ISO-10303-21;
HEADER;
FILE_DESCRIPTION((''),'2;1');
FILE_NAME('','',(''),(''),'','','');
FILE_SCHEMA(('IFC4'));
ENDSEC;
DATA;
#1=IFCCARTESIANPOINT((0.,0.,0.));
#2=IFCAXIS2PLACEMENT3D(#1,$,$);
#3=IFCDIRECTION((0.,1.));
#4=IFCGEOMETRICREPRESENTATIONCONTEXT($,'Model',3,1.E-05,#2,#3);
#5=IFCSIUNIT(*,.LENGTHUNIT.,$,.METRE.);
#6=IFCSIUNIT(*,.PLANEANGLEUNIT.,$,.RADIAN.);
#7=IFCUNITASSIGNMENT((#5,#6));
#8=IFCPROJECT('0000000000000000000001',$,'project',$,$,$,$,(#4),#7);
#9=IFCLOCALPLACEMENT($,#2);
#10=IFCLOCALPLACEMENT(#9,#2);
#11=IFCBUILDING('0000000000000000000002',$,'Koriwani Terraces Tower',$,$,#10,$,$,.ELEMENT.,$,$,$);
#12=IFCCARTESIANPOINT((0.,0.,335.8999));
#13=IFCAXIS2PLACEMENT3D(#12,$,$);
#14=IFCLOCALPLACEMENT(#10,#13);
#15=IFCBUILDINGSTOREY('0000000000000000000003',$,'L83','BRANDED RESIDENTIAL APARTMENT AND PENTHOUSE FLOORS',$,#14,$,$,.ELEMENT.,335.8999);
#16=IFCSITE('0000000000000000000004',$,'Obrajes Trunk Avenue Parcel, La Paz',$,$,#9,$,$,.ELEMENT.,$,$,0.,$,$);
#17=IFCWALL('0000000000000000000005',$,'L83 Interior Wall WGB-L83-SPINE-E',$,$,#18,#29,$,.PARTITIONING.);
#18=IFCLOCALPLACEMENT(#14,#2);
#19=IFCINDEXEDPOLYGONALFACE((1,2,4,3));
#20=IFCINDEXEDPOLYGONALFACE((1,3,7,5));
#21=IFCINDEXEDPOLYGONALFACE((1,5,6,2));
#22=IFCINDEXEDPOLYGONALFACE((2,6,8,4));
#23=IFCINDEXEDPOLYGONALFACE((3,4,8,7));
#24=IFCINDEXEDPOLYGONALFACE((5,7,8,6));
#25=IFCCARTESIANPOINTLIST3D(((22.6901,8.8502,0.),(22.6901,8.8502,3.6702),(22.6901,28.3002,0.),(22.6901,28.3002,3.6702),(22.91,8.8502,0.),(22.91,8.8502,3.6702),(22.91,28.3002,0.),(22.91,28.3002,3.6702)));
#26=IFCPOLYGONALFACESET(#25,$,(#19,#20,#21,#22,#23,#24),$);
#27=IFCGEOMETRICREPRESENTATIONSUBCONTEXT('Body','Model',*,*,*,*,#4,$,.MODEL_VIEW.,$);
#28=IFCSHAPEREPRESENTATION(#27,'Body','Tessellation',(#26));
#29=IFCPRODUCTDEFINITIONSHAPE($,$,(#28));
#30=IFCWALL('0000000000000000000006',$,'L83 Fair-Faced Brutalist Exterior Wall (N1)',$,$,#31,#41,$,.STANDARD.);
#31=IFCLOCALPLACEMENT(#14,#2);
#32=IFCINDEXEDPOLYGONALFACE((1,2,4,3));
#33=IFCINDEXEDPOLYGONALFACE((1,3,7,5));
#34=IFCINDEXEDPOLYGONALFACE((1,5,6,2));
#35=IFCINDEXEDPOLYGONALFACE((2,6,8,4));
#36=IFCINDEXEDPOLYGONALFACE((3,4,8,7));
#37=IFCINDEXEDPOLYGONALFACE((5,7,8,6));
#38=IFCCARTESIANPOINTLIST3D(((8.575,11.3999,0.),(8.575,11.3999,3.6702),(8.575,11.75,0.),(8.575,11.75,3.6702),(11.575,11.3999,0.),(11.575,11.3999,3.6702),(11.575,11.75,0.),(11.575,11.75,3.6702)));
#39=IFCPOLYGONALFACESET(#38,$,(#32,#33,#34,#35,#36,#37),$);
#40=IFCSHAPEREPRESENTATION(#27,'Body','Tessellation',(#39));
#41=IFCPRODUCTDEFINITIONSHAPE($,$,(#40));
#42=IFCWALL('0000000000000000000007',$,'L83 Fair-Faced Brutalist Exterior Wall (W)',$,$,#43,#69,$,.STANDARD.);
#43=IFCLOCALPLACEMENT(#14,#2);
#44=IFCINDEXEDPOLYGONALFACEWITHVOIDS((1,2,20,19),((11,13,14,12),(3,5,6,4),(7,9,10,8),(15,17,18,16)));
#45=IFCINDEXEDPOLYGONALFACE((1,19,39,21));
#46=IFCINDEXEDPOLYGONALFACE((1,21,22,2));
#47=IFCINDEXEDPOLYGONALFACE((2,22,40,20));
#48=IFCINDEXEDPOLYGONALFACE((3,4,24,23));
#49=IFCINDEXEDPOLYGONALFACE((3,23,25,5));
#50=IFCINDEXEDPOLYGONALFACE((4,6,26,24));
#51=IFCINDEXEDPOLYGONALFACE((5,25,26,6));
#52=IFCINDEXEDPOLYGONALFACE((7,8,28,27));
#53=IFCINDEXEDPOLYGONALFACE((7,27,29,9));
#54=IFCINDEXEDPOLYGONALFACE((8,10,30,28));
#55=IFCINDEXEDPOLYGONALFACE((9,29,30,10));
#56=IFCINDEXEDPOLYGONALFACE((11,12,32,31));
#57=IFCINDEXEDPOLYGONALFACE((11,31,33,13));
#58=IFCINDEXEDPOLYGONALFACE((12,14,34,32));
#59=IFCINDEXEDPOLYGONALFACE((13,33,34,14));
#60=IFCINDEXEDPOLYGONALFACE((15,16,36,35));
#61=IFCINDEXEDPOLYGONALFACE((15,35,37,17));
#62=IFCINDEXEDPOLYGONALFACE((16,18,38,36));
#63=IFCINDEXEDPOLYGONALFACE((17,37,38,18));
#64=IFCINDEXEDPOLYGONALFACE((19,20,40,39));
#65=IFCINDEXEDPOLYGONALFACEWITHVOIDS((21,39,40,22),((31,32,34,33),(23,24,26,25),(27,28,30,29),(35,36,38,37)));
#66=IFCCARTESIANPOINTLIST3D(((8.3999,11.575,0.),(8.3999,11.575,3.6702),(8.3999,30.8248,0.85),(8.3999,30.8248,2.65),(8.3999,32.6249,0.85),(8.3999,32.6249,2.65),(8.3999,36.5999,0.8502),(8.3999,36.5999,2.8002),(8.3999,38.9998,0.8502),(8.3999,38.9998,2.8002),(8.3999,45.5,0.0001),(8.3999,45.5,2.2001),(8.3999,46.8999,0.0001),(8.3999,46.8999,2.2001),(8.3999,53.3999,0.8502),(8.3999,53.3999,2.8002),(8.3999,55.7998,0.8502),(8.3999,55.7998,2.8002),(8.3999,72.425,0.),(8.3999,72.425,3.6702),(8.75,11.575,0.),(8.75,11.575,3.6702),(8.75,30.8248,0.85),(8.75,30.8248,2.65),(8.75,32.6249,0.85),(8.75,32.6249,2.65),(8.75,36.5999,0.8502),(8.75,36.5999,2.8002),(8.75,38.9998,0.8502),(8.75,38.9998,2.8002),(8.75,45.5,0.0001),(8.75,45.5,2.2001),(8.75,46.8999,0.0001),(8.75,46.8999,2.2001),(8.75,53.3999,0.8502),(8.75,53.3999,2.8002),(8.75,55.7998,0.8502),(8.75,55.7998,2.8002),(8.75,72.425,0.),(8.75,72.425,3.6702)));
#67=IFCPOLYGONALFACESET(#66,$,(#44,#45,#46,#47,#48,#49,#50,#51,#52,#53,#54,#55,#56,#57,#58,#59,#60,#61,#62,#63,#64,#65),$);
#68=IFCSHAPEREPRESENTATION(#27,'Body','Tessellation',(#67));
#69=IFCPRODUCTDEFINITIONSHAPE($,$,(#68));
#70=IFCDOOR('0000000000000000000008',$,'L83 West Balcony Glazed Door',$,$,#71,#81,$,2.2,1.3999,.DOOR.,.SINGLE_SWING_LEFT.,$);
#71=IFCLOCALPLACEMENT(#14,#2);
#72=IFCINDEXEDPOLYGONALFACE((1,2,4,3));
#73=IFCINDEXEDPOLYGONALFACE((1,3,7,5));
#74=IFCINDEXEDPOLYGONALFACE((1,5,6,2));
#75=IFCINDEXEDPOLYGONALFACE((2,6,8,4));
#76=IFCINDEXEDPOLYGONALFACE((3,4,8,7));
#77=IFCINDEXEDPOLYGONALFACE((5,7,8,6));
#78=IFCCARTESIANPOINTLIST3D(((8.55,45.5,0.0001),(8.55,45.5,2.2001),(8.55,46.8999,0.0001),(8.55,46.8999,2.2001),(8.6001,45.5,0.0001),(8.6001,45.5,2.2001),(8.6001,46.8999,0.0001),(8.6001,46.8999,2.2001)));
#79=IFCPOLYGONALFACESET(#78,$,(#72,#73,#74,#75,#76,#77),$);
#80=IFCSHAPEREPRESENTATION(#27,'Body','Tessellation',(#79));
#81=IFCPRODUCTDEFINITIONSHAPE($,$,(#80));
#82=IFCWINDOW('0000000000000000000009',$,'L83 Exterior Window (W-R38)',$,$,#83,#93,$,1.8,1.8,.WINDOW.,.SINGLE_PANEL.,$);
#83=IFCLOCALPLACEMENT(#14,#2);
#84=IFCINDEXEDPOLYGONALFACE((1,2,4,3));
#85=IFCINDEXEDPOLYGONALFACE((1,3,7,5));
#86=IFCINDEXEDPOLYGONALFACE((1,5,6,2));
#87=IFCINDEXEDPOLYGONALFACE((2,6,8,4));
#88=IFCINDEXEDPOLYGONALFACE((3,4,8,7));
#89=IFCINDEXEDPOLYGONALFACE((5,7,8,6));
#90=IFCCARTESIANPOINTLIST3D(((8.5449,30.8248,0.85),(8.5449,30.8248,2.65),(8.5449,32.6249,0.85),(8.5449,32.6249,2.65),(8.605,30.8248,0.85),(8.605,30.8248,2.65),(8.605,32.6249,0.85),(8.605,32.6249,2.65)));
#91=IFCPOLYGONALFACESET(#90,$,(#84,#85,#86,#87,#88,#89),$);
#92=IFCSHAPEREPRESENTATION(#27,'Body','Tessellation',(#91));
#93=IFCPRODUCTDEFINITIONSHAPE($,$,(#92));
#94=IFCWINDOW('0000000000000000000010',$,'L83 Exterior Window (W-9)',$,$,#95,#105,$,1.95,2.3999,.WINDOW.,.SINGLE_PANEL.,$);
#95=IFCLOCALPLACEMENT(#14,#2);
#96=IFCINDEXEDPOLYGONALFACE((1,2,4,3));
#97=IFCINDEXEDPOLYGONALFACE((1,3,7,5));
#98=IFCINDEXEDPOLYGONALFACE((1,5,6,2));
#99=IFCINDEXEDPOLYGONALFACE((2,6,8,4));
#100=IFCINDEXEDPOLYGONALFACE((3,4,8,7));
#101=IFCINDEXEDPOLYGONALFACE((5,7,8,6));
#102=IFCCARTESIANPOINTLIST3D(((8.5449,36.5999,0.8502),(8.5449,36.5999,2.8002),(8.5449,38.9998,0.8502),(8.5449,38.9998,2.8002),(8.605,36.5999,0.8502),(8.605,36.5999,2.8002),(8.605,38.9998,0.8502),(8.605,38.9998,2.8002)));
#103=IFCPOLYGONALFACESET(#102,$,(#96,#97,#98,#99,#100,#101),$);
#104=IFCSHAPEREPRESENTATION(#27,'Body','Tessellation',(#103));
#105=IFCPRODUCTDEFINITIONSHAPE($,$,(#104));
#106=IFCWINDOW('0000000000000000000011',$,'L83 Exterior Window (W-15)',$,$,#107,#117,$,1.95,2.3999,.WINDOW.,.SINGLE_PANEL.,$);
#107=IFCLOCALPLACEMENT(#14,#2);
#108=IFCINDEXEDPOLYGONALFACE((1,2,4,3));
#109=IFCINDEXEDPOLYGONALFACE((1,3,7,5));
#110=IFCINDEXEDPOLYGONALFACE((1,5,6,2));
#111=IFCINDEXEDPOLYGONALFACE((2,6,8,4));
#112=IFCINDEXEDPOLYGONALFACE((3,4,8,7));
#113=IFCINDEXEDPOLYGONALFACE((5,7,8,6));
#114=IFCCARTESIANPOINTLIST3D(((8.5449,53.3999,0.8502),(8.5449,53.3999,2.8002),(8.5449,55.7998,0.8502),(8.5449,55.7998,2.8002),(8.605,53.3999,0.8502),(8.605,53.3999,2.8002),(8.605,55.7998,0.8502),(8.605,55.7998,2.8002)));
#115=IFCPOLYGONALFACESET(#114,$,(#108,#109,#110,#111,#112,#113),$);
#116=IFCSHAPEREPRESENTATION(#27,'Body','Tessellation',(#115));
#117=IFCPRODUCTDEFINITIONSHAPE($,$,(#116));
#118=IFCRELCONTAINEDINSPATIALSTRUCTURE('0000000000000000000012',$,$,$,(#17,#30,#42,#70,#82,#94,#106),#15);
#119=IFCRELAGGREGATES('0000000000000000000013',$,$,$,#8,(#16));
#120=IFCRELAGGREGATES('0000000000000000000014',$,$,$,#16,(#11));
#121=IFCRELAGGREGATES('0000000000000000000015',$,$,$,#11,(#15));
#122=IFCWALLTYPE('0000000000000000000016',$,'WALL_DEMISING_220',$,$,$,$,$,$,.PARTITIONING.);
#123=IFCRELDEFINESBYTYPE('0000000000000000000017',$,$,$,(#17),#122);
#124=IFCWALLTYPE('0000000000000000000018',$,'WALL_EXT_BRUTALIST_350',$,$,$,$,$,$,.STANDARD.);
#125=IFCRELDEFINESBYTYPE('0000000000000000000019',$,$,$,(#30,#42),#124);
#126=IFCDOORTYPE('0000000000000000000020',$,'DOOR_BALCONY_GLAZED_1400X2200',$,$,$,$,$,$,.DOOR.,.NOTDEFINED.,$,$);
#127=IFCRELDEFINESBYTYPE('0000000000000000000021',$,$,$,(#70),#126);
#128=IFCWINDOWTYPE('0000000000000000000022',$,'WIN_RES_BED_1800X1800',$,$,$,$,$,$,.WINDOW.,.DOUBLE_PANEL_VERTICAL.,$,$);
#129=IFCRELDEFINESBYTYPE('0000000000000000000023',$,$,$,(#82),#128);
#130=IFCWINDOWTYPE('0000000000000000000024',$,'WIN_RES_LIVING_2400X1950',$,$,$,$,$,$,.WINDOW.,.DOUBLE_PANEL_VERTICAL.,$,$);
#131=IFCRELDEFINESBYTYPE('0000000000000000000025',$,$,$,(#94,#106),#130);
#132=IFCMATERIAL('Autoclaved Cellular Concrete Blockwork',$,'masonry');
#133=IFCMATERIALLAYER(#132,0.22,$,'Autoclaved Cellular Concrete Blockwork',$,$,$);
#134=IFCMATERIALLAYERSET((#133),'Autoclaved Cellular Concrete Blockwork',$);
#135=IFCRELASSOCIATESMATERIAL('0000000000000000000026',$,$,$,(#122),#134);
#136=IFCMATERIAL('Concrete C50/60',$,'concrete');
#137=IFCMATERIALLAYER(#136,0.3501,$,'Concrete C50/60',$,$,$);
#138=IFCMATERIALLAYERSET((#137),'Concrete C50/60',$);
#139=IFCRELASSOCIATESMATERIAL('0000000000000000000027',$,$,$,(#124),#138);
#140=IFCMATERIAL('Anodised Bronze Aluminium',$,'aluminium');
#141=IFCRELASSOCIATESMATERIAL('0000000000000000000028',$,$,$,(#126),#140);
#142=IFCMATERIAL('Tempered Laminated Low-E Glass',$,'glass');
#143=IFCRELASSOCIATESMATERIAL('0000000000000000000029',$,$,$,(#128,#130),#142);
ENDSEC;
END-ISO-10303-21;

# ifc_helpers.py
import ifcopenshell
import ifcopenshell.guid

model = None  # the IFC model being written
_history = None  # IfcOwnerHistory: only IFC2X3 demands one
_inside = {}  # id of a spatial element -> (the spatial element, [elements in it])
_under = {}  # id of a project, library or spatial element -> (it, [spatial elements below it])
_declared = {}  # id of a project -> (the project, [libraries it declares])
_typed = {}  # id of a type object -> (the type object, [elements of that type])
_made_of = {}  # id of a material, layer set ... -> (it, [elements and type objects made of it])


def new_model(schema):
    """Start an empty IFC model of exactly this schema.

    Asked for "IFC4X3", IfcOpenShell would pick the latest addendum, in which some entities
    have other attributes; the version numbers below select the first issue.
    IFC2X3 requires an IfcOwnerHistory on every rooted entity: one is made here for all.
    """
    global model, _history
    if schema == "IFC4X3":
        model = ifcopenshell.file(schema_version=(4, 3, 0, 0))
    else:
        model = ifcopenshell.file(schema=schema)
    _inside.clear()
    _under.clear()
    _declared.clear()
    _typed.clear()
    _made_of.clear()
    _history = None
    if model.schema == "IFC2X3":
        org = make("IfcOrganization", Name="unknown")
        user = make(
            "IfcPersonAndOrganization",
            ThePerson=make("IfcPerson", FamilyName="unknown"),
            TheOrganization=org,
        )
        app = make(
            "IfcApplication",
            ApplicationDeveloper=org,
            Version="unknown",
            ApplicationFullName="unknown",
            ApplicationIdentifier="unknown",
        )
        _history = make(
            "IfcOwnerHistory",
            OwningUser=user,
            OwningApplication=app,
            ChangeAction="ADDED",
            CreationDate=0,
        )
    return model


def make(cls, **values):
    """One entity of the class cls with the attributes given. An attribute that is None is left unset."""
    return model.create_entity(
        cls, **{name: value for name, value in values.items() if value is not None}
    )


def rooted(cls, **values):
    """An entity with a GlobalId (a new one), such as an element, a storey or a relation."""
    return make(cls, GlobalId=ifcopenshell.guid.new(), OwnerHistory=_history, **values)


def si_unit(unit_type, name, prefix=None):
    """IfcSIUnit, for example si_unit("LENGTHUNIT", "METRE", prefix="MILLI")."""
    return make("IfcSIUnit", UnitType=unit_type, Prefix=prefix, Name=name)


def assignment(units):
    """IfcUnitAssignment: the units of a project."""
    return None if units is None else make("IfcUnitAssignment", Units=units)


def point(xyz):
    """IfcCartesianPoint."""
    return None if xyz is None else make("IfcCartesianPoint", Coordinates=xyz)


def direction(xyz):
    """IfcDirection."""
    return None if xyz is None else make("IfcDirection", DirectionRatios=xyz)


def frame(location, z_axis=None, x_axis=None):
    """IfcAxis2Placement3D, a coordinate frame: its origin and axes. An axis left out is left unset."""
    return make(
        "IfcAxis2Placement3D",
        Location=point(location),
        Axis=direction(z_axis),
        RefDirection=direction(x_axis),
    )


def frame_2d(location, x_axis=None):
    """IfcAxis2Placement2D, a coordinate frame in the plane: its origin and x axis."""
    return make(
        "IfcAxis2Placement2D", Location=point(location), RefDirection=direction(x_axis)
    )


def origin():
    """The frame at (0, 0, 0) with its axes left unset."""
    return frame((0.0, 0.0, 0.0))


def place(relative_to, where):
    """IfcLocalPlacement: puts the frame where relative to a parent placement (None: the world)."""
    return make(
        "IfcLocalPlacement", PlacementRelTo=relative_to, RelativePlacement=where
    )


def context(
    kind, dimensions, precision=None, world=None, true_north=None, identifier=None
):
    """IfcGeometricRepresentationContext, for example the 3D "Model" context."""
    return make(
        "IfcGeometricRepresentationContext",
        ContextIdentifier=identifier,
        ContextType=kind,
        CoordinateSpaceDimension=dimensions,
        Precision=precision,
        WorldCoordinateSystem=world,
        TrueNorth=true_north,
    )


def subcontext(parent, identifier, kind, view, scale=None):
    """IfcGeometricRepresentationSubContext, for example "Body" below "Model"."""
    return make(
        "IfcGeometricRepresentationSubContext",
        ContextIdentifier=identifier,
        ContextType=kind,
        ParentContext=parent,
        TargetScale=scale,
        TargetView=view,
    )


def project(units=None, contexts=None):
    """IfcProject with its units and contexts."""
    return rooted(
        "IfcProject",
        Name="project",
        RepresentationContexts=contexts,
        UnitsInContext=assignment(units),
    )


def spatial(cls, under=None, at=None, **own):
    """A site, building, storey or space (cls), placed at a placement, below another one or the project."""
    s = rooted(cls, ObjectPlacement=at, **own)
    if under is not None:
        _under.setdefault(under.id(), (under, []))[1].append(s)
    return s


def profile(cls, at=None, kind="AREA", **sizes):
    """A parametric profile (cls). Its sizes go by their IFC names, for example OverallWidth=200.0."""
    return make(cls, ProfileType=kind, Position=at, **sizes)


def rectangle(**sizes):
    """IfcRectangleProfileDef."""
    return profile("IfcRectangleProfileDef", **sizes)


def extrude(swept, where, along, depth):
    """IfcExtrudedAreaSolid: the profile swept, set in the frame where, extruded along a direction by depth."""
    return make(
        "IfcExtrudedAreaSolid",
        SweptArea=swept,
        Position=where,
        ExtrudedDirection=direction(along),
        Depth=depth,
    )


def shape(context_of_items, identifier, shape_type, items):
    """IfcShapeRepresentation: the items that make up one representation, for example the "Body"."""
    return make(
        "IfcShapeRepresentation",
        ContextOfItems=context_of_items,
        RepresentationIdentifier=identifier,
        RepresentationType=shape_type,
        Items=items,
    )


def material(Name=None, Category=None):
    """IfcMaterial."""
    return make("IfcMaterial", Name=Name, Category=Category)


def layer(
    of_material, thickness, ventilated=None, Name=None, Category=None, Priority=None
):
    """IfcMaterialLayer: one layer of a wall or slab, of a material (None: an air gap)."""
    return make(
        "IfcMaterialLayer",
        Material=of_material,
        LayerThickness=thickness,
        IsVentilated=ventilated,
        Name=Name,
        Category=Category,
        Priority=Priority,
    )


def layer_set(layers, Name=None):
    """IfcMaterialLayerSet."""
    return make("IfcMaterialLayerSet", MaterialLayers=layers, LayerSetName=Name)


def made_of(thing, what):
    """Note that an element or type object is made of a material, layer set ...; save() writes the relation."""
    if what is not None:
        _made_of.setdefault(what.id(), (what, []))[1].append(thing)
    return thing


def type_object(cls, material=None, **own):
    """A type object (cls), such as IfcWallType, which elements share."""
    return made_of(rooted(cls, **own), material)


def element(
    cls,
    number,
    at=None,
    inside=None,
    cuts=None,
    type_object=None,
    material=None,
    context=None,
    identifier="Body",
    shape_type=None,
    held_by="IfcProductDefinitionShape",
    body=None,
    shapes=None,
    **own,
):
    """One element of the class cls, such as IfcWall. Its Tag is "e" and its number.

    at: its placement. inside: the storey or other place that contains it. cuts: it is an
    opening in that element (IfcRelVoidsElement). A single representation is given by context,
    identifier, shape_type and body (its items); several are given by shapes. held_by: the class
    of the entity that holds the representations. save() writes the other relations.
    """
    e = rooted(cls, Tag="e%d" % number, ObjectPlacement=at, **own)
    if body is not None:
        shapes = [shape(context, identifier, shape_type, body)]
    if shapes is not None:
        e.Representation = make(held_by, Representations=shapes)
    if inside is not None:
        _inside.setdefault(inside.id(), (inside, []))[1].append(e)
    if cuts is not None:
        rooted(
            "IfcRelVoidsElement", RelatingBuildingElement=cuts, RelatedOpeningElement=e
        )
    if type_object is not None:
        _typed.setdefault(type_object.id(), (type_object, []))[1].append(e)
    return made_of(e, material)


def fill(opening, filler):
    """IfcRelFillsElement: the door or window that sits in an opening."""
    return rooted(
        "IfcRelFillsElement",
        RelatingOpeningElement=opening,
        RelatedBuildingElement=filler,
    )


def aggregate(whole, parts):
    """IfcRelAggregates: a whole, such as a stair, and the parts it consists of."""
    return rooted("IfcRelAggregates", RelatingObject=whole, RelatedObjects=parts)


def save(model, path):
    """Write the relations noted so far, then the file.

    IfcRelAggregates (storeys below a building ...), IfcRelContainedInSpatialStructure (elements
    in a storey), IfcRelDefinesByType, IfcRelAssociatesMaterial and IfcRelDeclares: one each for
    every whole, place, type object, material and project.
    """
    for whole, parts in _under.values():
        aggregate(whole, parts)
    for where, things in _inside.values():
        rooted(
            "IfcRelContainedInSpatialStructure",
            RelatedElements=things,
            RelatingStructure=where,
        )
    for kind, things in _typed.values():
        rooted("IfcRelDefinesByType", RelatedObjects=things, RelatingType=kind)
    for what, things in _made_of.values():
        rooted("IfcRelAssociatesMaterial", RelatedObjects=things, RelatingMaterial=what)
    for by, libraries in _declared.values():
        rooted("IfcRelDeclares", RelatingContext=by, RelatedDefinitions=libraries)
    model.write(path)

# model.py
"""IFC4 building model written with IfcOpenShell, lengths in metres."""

from ifc_helpers import new_model, si_unit, direction, frame, frame_2d, origin, place, context, subcontext, project, spatial, rectangle, extrude, material, layer, layer_set, type_object, element, fill, save


model = new_model("IFC4")

# Units and contexts
model_context = context("Model", 3, precision=1e-05, world=origin(), true_north=direction((0.0, 1.0)))
body_context = subcontext(model_context, "Body", "Model", "MODEL_VIEW")
ifc_project = project(units=[si_unit("LENGTHUNIT", "METRE"), si_unit("PLANEANGLEUNIT", "RADIAN")], contexts=[model_context])

# Site, building, storey
site_placement = place(None, origin())
site = spatial("IfcSite", under=ifc_project, at=site_placement, Name="Obrajes Trunk Avenue Parcel, La Paz", CompositionType="ELEMENT", RefElevation=0.0)
building_placement = place(site_placement, origin())
building = spatial("IfcBuilding", under=site, at=building_placement, Name="Koriwani Terraces Tower", CompositionType="ELEMENT")
storey_placement = place(building_placement, frame((0.0, 0.0, 335.8999)))
storey = spatial("IfcBuildingStorey", under=building, at=storey_placement, Name="L83", Description="BRANDED RESIDENTIAL APARTMENT AND PENTHOUSE FLOORS", CompositionType="ELEMENT", Elevation=335.8999)

# Shared definitions
ifc_material_1 = material(Name="Concrete C50/60", Category="concrete")

# Shared definitions
ifc_material_2 = material(Name="Autoclaved Cellular Concrete Blockwork", Category="masonry")

# Walls
ifc_layer_1 = layer(ifc_material_2, 0.22, Name="Autoclaved Cellular Concrete Blockwork")
ifc_layer_set_1 = layer_set([ifc_layer_1], Name="Autoclaved Cellular Concrete Blockwork")
wall_type_1 = type_object("IfcWallType", Name="WALL_DEMISING_220", PredefinedType="PARTITIONING", material=ifc_layer_set_1)
wall_1_placement = place(storey_placement, frame((22.8, 8.8501, 0.0), z_axis=(0.0, 0.0, 1.0), x_axis=(0.0, 1.0, 0.0)))
element("IfcWall", 1, at=wall_1_placement, inside=storey, type_object=wall_type_1, Name="L83 Interior Wall WGB-L83-SPINE-E", PredefinedType="PARTITIONING", context=body_context, shape_type="SweptSolid", body=[
    extrude(rectangle(XDim=19.45, YDim=0.22, at=frame_2d((9.7251, 0.0))), origin(), (0.0, 0.0, 1.0), 3.6702),
])
ifc_layer_2 = layer(ifc_material_1, 0.3501, Name="Concrete C50/60")
ifc_layer_set_2 = layer_set([ifc_layer_2], Name="Concrete C50/60")
wall_type_2 = type_object("IfcWallType", Name="WALL_EXT_BRUTALIST_350", PredefinedType="STANDARD", material=ifc_layer_set_2)
wall_2_placement = place(storey_placement, frame((11.575, 11.575, 0.0), z_axis=(0.0, 0.0, 1.0), x_axis=(-1.0, 0.0, 0.0)))
element("IfcWall", 2, at=wall_2_placement, inside=storey, type_object=wall_type_2, Name="L83 Fair-Faced Brutalist Exterior Wall (N1)", PredefinedType="STANDARD", context=body_context, shape_type="SweptSolid", body=[
    extrude(rectangle(XDim=3.0, YDim=0.3501, at=frame_2d((1.5, 0.0))), origin(), (0.0, 0.0, 1.0), 3.6702),
])

# Wall, openings, door, windows
wall_3_placement = place(storey_placement, frame((8.575, 11.575, 0.0), z_axis=(0.0, 0.0, 1.0), x_axis=(0.0, 1.0, 0.0)))
wall_3 = element("IfcWall", 3, at=wall_3_placement, inside=storey, type_object=wall_type_2, Name="L83 Fair-Faced Brutalist Exterior Wall (W)", PredefinedType="STANDARD", context=body_context, shape_type="SweptSolid", body=[
    extrude(rectangle(XDim=60.8501, YDim=0.3501, at=frame_2d((30.425, 0.0))), origin(), (0.0, 0.0, 1.0), 3.6702),
])
opening_1_placement = place(wall_3_placement, frame((33.925, 0.0, 0.0)))
opening_1 = element("IfcOpeningElement", 4, at=opening_1_placement, cuts=wall_3, PredefinedType="OPENING", context=body_context, shape_type="SweptSolid", body=[
    extrude(rectangle(XDim=1.3999, YDim=2.2, at=frame_2d((0.7, 1.1001))), frame((0.0, 0.1851, 0.0), z_axis=(0.0, -1.0, 0.0), x_axis=(1.0, 0.0, 0.0)), (0.0, 0.0, 1.0), 0.3701),
])
opening_2_placement = place(wall_3_placement, frame((25.0249, 0.0, 0.8501)))
opening_2 = element("IfcOpeningElement", 5, at=opening_2_placement, cuts=wall_3, PredefinedType="OPENING", context=body_context, shape_type="SweptSolid", body=[
    extrude(rectangle(XDim=2.3999, YDim=1.95, at=frame_2d((1.2, 0.9751))), frame((0.0, 0.1851, 0.0), z_axis=(0.0, -1.0, 0.0), x_axis=(1.0, 0.0, 0.0)), (0.0, 0.0, 1.0), 0.3701),
])
opening_3_placement = place(wall_3_placement, frame((41.825, 0.0, 0.8501)))
opening_3 = element("IfcOpeningElement", 6, at=opening_3_placement, cuts=wall_3, PredefinedType="OPENING", context=body_context, shape_type="SweptSolid", body=[
    extrude(rectangle(XDim=2.3999, YDim=1.95, at=frame_2d((1.2, 0.9751))), frame((0.0, 0.1851, 0.0), z_axis=(0.0, -1.0, 0.0), x_axis=(1.0, 0.0, 0.0)), (0.0, 0.0, 1.0), 0.3701),
])
opening_4_placement = place(wall_3_placement, frame((19.25, 0.0, 0.8501)))
opening_4 = element("IfcOpeningElement", 7, at=opening_4_placement, cuts=wall_3, PredefinedType="OPENING", context=body_context, shape_type="SweptSolid", body=[
    extrude(rectangle(XDim=1.8, YDim=1.8, at=frame_2d((0.8999, 0.8999))), frame((0.0, 0.1851, 0.0), z_axis=(0.0, -1.0, 0.0), x_axis=(1.0, 0.0, 0.0)), (0.0, 0.0, 1.0), 0.3701),
])
ifc_material_3 = material(Name="Anodised Bronze Aluminium", Category="aluminium")
door_type_1 = type_object("IfcDoorType", Name="DOOR_BALCONY_GLAZED_1400X2200", OperationType="NOTDEFINED", PredefinedType="DOOR", material=ifc_material_3)
door_1_placement = place(opening_1_placement, origin())
door_1 = element("IfcDoor", 8, at=door_1_placement, inside=storey, type_object=door_type_1, Name="L83 West Balcony Glazed Door", OperationType="SINGLE_SWING_LEFT", OverallHeight=2.2, OverallWidth=1.3999, PredefinedType="DOOR", context=body_context, shape_type="SweptSolid", body=[
    extrude(rectangle(XDim=1.3999, YDim=2.2, at=frame_2d((0.7, 1.1001))), frame((0.0, 0.0249, 0.0), z_axis=(0.0, -1.0, 0.0), x_axis=(1.0, 0.0, 0.0)), (0.0, 0.0, 1.0), 0.05),
])
fill(opening_1, door_1)
ifc_material_4 = material(Name="Tempered Laminated Low-E Glass", Category="glass")
window_type_1 = type_object("IfcWindowType", Name="WIN_RES_BED_1800X1800", PartitioningType="DOUBLE_PANEL_VERTICAL", PredefinedType="WINDOW", material=ifc_material_4)
window_1_placement = place(opening_4_placement, origin())
window_1 = element("IfcWindow", 9, at=window_1_placement, inside=storey, type_object=window_type_1, Name="L83 Exterior Window (W-R38)", OverallHeight=1.8, OverallWidth=1.8, PartitioningType="SINGLE_PANEL", PredefinedType="WINDOW", context=body_context, shape_type="SweptSolid", body=[
    extrude(rectangle(XDim=1.8, YDim=1.8, at=frame_2d((0.8999, 0.8999))), frame((0.0, 0.03, 0.0), z_axis=(0.0, -1.0, 0.0), x_axis=(1.0, 0.0, 0.0)), (0.0, 0.0, 1.0), 0.0601),
])
fill(opening_4, window_1)
window_type_2 = type_object("IfcWindowType", Name="WIN_RES_LIVING_2400X1950", PartitioningType="DOUBLE_PANEL_VERTICAL", PredefinedType="WINDOW", material=ifc_material_4)
window_2_placement = place(opening_2_placement, origin())
window_2 = element("IfcWindow", 10, at=window_2_placement, inside=storey, type_object=window_type_2, Name="L83 Exterior Window (W-9)", OverallHeight=1.95, OverallWidth=2.3999, PartitioningType="SINGLE_PANEL", PredefinedType="WINDOW", context=body_context, shape_type="SweptSolid", body=[
    extrude(rectangle(XDim=2.3999, YDim=1.95, at=frame_2d((1.2, 0.9751))), frame((0.0, 0.03, 0.0), z_axis=(0.0, -1.0, 0.0), x_axis=(1.0, 0.0, 0.0)), (0.0, 0.0, 1.0), 0.0601),
])
fill(opening_2, window_2)
window_3_placement = place(opening_3_placement, origin())
window_3 = element("IfcWindow", 11, at=window_3_placement, inside=storey, type_object=window_type_2, Name="L83 Exterior Window (W-15)", OverallHeight=1.95, OverallWidth=2.3999, PartitioningType="SINGLE_PANEL", PredefinedType="WINDOW", context=body_context, shape_type="SweptSolid", body=[
    extrude(rectangle(XDim=2.3999, YDim=1.95, at=frame_2d((1.2, 0.9751))), frame((0.0, 0.03, 0.0), z_axis=(0.0, -1.0, 0.0), x_axis=(1.0, 0.0, 0.0)), (0.0, 0.0, 1.0), 0.0601),
])
fill(opening_3, window_3)

save(model, "model.ifc")
